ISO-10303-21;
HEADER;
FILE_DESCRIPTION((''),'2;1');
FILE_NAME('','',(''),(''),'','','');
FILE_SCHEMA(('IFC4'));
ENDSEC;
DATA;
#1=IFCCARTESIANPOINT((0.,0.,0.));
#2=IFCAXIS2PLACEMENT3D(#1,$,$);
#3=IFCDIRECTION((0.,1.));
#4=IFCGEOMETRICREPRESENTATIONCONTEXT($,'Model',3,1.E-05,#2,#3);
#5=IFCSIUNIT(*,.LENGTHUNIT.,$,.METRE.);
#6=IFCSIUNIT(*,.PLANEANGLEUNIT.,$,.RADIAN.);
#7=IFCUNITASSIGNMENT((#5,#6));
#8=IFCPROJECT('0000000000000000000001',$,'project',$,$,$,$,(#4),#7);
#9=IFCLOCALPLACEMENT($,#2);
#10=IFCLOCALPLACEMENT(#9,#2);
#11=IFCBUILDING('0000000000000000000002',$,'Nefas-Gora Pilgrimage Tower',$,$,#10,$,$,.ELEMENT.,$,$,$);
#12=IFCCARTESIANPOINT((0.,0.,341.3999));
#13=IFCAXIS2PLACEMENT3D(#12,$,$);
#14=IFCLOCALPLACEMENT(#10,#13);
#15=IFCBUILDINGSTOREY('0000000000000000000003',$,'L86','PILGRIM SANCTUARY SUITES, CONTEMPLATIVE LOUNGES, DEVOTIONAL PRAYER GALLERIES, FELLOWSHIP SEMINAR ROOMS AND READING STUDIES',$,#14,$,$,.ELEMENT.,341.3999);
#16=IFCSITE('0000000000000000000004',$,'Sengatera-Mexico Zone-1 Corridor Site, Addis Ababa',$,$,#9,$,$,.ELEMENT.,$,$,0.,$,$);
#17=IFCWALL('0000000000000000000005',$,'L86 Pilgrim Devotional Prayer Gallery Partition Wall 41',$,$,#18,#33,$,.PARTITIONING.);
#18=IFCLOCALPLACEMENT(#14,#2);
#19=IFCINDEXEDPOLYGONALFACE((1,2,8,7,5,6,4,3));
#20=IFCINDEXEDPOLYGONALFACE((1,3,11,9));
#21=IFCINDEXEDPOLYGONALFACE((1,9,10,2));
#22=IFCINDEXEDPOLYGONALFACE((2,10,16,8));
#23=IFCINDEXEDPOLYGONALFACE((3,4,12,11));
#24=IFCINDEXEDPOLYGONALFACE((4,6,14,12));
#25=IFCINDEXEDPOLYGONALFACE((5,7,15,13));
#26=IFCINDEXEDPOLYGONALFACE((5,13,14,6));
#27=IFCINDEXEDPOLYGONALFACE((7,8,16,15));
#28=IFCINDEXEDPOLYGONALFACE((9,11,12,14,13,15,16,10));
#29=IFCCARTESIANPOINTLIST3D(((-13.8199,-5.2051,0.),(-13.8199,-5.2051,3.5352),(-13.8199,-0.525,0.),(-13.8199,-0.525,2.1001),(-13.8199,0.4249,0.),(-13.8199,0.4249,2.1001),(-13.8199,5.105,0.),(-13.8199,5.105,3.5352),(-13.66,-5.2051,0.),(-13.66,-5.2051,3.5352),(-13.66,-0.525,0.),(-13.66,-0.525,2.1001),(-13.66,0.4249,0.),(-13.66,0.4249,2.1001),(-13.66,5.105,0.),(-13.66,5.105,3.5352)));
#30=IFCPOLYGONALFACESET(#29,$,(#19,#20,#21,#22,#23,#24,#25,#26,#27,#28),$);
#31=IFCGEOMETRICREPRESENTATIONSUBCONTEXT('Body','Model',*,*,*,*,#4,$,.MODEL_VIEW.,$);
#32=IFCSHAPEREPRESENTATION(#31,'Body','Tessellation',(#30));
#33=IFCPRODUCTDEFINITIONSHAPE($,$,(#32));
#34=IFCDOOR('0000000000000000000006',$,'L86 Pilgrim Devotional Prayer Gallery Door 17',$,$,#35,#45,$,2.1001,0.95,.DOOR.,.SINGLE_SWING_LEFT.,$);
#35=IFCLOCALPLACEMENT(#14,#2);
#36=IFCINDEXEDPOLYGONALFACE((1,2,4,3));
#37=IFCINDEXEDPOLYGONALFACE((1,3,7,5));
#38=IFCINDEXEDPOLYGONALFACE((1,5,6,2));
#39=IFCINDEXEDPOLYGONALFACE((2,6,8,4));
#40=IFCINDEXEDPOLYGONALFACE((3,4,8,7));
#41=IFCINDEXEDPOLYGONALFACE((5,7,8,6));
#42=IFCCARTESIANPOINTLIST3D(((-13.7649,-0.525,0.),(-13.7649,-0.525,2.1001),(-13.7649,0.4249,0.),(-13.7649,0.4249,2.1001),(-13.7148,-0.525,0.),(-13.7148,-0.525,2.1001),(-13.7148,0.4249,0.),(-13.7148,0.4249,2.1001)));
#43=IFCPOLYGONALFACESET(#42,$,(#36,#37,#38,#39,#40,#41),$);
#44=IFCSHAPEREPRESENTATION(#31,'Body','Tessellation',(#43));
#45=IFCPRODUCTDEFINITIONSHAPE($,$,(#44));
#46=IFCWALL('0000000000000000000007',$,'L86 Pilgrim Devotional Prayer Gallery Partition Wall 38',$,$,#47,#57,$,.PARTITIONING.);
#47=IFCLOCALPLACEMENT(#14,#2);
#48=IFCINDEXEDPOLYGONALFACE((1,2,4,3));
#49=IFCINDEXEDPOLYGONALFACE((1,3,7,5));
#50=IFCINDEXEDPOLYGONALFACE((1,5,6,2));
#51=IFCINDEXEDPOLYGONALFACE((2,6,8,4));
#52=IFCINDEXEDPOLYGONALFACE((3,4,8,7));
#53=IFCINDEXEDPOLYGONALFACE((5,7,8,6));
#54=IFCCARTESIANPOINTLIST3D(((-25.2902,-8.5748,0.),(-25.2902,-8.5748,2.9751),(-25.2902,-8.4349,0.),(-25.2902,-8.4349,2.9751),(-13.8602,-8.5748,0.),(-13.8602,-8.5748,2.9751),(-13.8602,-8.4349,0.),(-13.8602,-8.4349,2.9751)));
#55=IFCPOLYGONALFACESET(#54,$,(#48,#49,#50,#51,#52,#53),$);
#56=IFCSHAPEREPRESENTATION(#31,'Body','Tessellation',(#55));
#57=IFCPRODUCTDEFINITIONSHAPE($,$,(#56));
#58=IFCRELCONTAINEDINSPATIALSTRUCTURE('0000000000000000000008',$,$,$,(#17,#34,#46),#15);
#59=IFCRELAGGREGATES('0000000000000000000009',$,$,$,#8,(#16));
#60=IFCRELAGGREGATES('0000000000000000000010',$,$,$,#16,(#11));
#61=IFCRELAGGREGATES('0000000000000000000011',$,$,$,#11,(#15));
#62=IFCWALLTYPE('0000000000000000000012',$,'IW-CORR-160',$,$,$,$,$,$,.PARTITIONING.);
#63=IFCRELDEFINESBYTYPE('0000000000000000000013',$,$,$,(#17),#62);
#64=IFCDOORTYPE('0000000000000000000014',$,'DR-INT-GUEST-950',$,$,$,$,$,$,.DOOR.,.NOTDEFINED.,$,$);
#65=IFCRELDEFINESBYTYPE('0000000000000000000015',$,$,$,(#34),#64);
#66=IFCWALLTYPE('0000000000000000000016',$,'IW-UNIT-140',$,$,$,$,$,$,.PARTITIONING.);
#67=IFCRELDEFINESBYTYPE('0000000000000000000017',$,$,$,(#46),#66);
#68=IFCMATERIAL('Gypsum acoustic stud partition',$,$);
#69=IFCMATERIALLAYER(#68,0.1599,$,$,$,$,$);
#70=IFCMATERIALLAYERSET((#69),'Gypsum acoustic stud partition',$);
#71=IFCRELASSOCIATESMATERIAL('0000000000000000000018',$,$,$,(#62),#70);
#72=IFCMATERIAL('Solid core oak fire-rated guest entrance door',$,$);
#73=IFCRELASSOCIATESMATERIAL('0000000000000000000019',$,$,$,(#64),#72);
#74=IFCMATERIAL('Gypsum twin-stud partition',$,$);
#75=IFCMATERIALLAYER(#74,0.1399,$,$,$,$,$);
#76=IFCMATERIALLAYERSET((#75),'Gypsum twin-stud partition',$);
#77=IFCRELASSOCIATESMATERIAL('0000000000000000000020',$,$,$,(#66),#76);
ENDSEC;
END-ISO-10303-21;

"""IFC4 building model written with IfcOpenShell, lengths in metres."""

from ifc_helpers import new_model, si_unit, direction, frame, frame_2d, origin, place, context, subcontext, project, spatial, rectangle, extrude, source, transform, mapped, material, layer, layer_set, type_object, element, fill, save


model = new_model("IFC4")

# Units and contexts
model_context = context("Model", 3, precision=1e-05, world=origin(), true_north=direction((0.0, 1.0)))
body_context = subcontext(model_context, "Body", "Model", "MODEL_VIEW")
ifc_project = project(units=[si_unit("LENGTHUNIT", "METRE"), si_unit("PLANEANGLEUNIT", "RADIAN")], contexts=[model_context])

# Site, building, storey
site_placement = place(None, origin())
site = spatial("IfcSite", under=ifc_project, at=site_placement, Name="Sengatera-Mexico Zone-1 Corridor Site, Addis Ababa", CompositionType="ELEMENT", RefElevation=0.0)
building_placement = place(site_placement, origin())
building = spatial("IfcBuilding", under=site, at=building_placement, Name="Nefas-Gora Pilgrimage Tower", CompositionType="ELEMENT")
storey_placement = place(building_placement, frame((0.0, 0.0, 341.3999)))
storey = spatial("IfcBuildingStorey", under=building, at=storey_placement, Name="L86", Description="PILGRIM SANCTUARY SUITES, CONTEMPLATIVE LOUNGES, DEVOTIONAL PRAYER GALLERIES, FELLOWSHIP SEMINAR ROOMS AND READING STUDIES", CompositionType="ELEMENT", Elevation=341.3999)

# Shared definitions
ifc_material_1 = material(Name="Gypsum acoustic stud partition")
ifc_layer_1 = layer(ifc_material_1, 0.1599)
ifc_layer_set_1 = layer_set([ifc_layer_1], Name="Gypsum acoustic stud partition")
wall_type_1 = type_object("IfcWallType", Name="IW-CORR-160", PredefinedType="PARTITIONING", material=ifc_layer_set_1)
ifc_material_2 = material(Name="Solid core oak fire-rated guest entrance door")
door_type_1 = type_object("IfcDoorType", Name="DR-INT-GUEST-950", OperationType="NOTDEFINED", PredefinedType="DOOR", material=ifc_material_2)
shared_shape_1 = source(origin(), body_context, "Body", "SweptSolid", [
    extrude(rectangle(XDim=0.95, YDim=2.1001, at=frame_2d((0.4751, 1.05))), frame((0.0, 0.0249, 0.0), z_axis=(0.0, -1.0, 0.0), x_axis=(1.0, 0.0, 0.0)), (0.0, 0.0, 1.0), 0.05),
])

# Shared definitions
ifc_material_3 = material(Name="Gypsum twin-stud partition")
ifc_layer_2 = layer(ifc_material_3, 0.1399)
ifc_layer_set_2 = layer_set([ifc_layer_2], Name="Gypsum twin-stud partition")
wall_type_2 = type_object("IfcWallType", Name="IW-UNIT-140", PredefinedType="PARTITIONING", material=ifc_layer_set_2)

# Wall, opening, door
shared_shape_2 = source(origin(), body_context, "Body", "SweptSolid", [
    extrude(rectangle(XDim=10.3101, YDim=0.1599, at=frame_2d((5.155, 0.0))), origin(), (0.0, 0.0, 1.0), 3.5352),
])
wall_1_placement = place(storey_placement, frame((-13.74, -5.2051, 0.0), z_axis=(0.0, 0.0, 1.0), x_axis=(0.0, 1.0, 0.0)))
wall_1 = element("IfcWall", 1, at=wall_1_placement, inside=storey, type_object=wall_type_1, Name="L86 Pilgrim Devotional Prayer Gallery Partition Wall 41", PredefinedType="PARTITIONING", context=body_context, shape_type="MappedRepresentation", body=[
    mapped(shared_shape_2, transform((0.0, 0.0, 0.0), x_axis=(1.0, 0.0, 0.0), y_axis=(0.0, 1.0, 0.0), z_axis=(0.0, 0.0, 1.0), scale=1.0)),
])
opening_1_placement = place(wall_1_placement, frame((4.6799, 0.0, 0.0)))
opening_1 = element("IfcOpeningElement", 2, at=opening_1_placement, cuts=wall_1, PredefinedType="OPENING", context=body_context, shape_type="SweptSolid", body=[
    extrude(rectangle(XDim=0.95, YDim=2.1001, at=frame_2d((0.4751, 1.05))), frame((0.0, 0.0898, 0.0), z_axis=(0.0, -1.0, 0.0), x_axis=(1.0, 0.0, 0.0)), (0.0, 0.0, 1.0), 0.1799),
])
door_1_placement = place(opening_1_placement, origin())
door_1 = element("IfcDoor", 3, at=door_1_placement, inside=storey, type_object=door_type_1, Name="L86 Pilgrim Devotional Prayer Gallery Door 17", OperationType="SINGLE_SWING_LEFT", OverallHeight=2.1001, OverallWidth=0.95, PredefinedType="DOOR", context=body_context, shape_type="MappedRepresentation", body=[
    mapped(shared_shape_1, transform((0.0, 0.0, 0.0), x_axis=(1.0, 0.0, 0.0), y_axis=(0.0, 1.0, 0.0), z_axis=(0.0, 0.0, 1.0), scale=1.0)),
])
fill(opening_1, door_1)

# Wall
shared_shape_3 = source(origin(), body_context, "Body", "SweptSolid", [
    extrude(rectangle(XDim=11.4299, YDim=0.1399, at=frame_2d((5.7148, 0.0))), origin(), (0.0, 0.0, 1.0), 2.9751),
])
wall_2_placement = place(storey_placement, frame((-25.29, -8.5049, 0.0), z_axis=(0.0, 0.0, 1.0), x_axis=(1.0, 0.0, 0.0)))
element("IfcWall", 4, at=wall_2_placement, inside=storey, type_object=wall_type_2, Name="L86 Pilgrim Devotional Prayer Gallery Partition Wall 38", PredefinedType="PARTITIONING", context=body_context, shape_type="MappedRepresentation", body=[
    mapped(shared_shape_3, transform((0.0, 0.0, 0.0), x_axis=(1.0, 0.0, 0.0), y_axis=(0.0, 1.0, 0.0), z_axis=(0.0, 0.0, 1.0), scale=1.0)),
])

save(model, "model.ifc")
